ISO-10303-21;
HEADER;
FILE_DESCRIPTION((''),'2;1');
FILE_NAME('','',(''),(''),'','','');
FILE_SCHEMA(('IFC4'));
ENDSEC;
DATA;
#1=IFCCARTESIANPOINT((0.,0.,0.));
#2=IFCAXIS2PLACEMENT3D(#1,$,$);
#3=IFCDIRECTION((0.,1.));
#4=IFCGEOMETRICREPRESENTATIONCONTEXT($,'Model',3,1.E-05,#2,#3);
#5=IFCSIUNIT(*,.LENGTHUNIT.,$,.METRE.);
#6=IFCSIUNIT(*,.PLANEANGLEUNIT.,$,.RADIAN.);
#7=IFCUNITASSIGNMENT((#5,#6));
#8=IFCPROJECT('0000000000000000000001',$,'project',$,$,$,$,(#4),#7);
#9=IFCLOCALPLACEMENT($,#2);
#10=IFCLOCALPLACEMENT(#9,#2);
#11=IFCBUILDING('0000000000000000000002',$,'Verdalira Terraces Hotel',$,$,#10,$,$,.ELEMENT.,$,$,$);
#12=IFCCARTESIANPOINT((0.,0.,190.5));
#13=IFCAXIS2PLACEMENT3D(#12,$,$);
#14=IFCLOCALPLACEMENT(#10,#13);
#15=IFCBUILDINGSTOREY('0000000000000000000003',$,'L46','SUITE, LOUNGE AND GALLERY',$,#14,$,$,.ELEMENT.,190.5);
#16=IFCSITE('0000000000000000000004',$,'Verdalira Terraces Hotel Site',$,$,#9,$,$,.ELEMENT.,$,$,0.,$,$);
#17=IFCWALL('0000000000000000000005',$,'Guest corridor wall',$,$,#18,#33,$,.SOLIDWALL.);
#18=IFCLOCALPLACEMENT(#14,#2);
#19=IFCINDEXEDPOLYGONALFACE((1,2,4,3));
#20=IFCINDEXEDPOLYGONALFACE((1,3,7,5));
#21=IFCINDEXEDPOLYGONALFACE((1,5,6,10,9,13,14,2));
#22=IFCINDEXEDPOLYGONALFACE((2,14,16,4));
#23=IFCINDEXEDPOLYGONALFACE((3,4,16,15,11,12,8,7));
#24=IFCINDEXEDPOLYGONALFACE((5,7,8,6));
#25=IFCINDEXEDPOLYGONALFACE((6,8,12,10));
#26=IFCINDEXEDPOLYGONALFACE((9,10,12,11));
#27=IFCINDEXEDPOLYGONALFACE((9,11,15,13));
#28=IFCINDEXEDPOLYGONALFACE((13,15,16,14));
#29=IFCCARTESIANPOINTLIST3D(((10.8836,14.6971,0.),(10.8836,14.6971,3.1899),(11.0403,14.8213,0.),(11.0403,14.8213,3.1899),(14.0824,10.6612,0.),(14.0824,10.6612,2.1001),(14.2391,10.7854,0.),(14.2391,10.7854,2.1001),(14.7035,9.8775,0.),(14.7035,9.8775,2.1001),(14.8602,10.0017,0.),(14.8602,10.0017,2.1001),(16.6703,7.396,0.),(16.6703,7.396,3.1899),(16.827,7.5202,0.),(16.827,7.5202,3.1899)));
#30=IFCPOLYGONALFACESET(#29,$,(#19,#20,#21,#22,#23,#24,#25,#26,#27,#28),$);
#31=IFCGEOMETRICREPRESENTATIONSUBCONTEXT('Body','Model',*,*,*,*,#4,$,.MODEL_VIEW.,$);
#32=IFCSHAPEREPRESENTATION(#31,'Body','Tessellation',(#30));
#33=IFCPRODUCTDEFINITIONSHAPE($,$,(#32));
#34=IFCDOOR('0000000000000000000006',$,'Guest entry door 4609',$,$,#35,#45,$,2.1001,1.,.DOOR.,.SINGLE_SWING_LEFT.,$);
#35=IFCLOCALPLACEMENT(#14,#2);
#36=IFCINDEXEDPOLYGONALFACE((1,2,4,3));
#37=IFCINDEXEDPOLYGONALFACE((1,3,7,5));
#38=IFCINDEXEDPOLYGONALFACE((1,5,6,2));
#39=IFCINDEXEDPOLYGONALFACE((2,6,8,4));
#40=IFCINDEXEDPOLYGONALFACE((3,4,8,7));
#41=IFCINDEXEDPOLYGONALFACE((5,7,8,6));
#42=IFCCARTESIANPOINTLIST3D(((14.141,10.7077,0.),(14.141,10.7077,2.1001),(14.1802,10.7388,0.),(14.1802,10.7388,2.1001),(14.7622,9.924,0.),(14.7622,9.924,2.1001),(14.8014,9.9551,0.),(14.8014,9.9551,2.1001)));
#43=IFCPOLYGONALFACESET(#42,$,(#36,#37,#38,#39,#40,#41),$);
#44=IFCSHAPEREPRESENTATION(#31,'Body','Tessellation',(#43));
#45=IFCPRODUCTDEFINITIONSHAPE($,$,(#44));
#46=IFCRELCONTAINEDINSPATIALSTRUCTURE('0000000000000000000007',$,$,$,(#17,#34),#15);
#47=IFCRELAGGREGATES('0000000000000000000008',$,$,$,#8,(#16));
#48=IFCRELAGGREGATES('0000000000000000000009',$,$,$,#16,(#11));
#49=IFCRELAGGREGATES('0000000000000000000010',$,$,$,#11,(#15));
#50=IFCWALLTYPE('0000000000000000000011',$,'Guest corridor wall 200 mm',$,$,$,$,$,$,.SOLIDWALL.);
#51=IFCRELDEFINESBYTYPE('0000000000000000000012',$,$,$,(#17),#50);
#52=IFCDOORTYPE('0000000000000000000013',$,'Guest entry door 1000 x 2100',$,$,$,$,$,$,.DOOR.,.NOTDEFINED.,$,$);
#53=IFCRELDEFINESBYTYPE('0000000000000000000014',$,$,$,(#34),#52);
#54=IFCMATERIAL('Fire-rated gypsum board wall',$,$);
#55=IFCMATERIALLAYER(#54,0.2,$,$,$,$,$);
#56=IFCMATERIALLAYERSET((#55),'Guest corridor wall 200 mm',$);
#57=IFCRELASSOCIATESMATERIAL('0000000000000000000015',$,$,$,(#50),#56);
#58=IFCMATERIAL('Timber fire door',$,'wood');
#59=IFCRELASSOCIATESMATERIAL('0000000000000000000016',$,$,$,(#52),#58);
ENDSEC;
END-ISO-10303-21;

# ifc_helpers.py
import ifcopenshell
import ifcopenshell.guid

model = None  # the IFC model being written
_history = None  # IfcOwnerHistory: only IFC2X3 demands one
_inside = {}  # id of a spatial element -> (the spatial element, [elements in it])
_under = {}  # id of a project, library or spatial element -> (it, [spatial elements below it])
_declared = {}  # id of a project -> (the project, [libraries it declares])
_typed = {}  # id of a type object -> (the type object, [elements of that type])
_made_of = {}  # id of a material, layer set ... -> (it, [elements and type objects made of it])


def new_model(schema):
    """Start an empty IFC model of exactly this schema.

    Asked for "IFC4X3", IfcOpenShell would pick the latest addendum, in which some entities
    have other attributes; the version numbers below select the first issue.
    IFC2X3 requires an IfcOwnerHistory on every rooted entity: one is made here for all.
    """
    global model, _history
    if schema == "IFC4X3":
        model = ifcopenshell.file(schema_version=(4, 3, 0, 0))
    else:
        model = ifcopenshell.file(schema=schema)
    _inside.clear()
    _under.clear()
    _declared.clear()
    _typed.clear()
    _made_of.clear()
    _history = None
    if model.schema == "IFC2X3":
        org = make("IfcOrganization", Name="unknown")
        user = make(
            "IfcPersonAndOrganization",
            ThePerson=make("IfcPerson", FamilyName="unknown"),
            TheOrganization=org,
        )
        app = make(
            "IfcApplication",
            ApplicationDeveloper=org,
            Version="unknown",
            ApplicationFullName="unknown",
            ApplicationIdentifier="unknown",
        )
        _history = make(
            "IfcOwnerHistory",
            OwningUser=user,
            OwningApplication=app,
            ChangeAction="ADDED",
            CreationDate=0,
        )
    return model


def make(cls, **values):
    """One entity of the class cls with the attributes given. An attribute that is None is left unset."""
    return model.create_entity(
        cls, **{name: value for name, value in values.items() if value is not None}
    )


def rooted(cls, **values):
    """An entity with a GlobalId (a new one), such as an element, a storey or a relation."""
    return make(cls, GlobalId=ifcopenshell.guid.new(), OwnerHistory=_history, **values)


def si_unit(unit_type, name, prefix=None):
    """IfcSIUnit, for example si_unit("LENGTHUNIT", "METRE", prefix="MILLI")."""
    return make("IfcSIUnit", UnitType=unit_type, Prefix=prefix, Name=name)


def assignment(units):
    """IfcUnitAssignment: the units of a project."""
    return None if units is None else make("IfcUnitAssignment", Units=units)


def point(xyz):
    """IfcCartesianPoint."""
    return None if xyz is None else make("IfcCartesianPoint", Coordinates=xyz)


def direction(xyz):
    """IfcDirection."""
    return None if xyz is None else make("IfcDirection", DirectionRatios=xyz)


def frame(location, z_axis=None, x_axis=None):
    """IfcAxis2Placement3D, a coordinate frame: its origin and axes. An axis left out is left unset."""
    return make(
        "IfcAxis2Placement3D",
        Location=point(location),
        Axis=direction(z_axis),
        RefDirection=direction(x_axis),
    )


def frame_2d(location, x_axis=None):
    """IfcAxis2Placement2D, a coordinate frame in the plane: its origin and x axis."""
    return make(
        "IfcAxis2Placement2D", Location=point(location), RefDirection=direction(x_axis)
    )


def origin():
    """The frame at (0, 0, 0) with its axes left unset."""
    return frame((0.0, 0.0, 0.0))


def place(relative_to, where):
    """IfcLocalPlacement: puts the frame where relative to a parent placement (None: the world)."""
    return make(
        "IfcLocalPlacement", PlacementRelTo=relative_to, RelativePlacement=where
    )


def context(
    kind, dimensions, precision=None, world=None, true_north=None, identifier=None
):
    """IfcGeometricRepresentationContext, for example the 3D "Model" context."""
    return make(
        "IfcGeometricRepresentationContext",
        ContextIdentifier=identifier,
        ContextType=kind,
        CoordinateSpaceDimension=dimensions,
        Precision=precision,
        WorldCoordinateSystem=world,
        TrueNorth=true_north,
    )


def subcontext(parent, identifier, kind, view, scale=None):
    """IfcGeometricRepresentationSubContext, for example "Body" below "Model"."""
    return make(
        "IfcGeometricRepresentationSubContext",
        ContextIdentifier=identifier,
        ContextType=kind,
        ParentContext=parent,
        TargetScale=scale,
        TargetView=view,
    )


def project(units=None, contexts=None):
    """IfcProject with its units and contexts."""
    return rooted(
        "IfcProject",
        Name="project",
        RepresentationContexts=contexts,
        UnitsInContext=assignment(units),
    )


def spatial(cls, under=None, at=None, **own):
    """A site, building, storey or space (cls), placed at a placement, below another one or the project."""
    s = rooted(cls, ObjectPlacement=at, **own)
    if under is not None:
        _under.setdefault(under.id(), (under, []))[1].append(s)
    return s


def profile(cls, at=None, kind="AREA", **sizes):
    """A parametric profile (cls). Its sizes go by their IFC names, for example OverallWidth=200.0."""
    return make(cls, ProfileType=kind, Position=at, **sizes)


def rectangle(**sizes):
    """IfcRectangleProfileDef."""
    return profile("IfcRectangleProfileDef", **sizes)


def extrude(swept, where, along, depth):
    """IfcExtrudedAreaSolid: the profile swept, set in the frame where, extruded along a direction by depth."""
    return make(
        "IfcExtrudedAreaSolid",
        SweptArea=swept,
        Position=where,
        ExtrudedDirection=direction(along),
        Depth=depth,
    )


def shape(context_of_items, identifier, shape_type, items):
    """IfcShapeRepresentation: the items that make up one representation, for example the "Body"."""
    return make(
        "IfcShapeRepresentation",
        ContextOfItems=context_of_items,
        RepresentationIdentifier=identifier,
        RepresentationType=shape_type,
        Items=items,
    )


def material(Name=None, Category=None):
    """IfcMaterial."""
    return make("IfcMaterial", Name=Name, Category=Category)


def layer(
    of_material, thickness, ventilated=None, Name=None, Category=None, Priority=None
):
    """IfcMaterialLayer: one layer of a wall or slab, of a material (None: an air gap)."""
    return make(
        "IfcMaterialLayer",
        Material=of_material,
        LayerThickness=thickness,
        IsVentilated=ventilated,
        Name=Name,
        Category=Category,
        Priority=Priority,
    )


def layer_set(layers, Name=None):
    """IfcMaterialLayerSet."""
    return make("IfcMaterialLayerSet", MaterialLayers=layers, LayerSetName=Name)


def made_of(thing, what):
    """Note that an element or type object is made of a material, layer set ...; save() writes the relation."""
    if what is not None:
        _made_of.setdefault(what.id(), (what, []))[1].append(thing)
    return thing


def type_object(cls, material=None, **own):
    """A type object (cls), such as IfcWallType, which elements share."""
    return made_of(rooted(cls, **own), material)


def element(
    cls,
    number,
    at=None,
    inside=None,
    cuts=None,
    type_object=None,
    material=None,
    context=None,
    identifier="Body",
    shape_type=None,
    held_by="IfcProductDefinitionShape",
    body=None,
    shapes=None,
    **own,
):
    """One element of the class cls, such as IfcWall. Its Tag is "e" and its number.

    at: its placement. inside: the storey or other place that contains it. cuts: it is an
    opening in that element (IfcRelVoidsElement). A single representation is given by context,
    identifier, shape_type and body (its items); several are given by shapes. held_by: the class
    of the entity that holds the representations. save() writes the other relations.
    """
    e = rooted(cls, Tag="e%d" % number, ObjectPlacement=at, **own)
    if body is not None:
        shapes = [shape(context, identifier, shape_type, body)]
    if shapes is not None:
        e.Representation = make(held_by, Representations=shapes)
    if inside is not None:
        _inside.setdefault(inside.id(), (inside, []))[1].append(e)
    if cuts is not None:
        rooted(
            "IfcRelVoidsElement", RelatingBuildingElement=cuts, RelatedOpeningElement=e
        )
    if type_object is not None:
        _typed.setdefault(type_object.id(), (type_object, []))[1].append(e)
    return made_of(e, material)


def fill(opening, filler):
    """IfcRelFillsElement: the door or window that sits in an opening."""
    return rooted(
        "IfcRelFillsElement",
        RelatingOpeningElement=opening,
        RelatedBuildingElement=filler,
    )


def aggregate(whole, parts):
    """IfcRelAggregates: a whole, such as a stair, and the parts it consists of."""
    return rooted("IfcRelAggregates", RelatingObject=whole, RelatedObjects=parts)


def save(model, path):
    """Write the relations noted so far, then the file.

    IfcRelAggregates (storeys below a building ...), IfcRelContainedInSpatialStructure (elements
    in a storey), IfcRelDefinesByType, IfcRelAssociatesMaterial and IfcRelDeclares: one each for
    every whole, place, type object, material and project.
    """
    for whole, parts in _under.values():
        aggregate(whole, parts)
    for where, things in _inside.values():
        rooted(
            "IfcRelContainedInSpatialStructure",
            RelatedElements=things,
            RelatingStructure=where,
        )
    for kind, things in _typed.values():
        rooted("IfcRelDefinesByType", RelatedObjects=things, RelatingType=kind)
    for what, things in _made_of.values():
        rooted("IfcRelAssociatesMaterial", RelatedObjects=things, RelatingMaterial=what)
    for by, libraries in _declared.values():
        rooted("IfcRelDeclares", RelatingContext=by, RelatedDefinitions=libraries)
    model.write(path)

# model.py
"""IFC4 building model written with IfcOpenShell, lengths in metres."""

from ifc_helpers import new_model, si_unit, direction, frame, frame_2d, origin, place, context, subcontext, project, spatial, rectangle, extrude, material, layer, layer_set, type_object, element, fill, save


model = new_model("IFC4")

# Units and contexts
model_context = context("Model", 3, precision=1e-05, world=origin(), true_north=direction((0.0, 1.0)))
body_context = subcontext(model_context, "Body", "Model", "MODEL_VIEW")
ifc_project = project(units=[si_unit("LENGTHUNIT", "METRE"), si_unit("PLANEANGLEUNIT", "RADIAN")], contexts=[model_context])

# Site, building, storey
site_placement = place(None, origin())
site = spatial("IfcSite", under=ifc_project, at=site_placement, Name="Verdalira Terraces Hotel Site", CompositionType="ELEMENT", RefElevation=0.0)
building_placement = place(site_placement, origin())
building = spatial("IfcBuilding", under=site, at=building_placement, Name="Verdalira Terraces Hotel", CompositionType="ELEMENT")
storey_placement = place(building_placement, frame((0.0, 0.0, 190.5)))
storey = spatial("IfcBuildingStorey", under=building, at=storey_placement, Name="L46", Description="SUITE, LOUNGE AND GALLERY", CompositionType="ELEMENT", Elevation=190.5)

# Wall, opening, door
ifc_material_1 = material(Name="Fire-rated gypsum board wall")
ifc_layer_1 = layer(ifc_material_1, 0.2)
ifc_layer_set_1 = layer_set([ifc_layer_1], Name="Guest corridor wall 200 mm")
wall_type_1 = type_object("IfcWallType", Name="Guest corridor wall 200 mm", PredefinedType="SOLIDWALL", material=ifc_layer_set_1)
wall_1_placement = place(storey_placement, frame((10.9619, 14.7593, 0.0), z_axis=(0.0, 0.0, 1.0), x_axis=(0.621141, -0.783699, 0.0)))
wall_1 = element("IfcWall", 1, at=wall_1_placement, inside=storey, type_object=wall_type_1, Name="Guest corridor wall", PredefinedType="SOLIDWALL", context=body_context, shape_type="SweptSolid", body=[
    extrude(rectangle(XDim=9.3162, YDim=0.2, at=frame_2d((4.6582, 0.0))), origin(), (0.0, 0.0, 1.0), 3.1899),
])
opening_1_placement = place(wall_1_placement, frame((5.1499, 0.0, 0.0)))
opening_1 = element("IfcOpeningElement", 2, at=opening_1_placement, cuts=wall_1, PredefinedType="OPENING", context=body_context, shape_type="SweptSolid", body=[
    extrude(rectangle(XDim=1.0, YDim=2.1001, at=frame_2d((0.5, 1.05))), frame((0.0, 0.1099, 0.0), z_axis=(0.0, -1.0, 0.0), x_axis=(1.0, 0.0, 0.0)), (0.0, 0.0, 1.0), 0.22),
])
ifc_material_2 = material(Name="Timber fire door", Category="wood")
door_type_1 = type_object("IfcDoorType", Name="Guest entry door 1000 x 2100", OperationType="NOTDEFINED", PredefinedType="DOOR", material=ifc_material_2)
door_1_placement = place(opening_1_placement, origin())
door_1 = element("IfcDoor", 3, at=door_1_placement, inside=storey, type_object=door_type_1, Name="Guest entry door 4609", OperationType="SINGLE_SWING_LEFT", OverallHeight=2.1001, OverallWidth=1.0, PredefinedType="DOOR", context=body_context, shape_type="SweptSolid", body=[
    extrude(rectangle(XDim=1.0, YDim=2.1001, at=frame_2d((0.5, 1.05))), frame((0.0, 0.0249, 0.0), z_axis=(0.0, -1.0, 0.0), x_axis=(1.0, 0.0, 0.0)), (0.0, 0.0, 1.0), 0.05),
])
fill(opening_1, door_1)

save(model, "model.ifc")
